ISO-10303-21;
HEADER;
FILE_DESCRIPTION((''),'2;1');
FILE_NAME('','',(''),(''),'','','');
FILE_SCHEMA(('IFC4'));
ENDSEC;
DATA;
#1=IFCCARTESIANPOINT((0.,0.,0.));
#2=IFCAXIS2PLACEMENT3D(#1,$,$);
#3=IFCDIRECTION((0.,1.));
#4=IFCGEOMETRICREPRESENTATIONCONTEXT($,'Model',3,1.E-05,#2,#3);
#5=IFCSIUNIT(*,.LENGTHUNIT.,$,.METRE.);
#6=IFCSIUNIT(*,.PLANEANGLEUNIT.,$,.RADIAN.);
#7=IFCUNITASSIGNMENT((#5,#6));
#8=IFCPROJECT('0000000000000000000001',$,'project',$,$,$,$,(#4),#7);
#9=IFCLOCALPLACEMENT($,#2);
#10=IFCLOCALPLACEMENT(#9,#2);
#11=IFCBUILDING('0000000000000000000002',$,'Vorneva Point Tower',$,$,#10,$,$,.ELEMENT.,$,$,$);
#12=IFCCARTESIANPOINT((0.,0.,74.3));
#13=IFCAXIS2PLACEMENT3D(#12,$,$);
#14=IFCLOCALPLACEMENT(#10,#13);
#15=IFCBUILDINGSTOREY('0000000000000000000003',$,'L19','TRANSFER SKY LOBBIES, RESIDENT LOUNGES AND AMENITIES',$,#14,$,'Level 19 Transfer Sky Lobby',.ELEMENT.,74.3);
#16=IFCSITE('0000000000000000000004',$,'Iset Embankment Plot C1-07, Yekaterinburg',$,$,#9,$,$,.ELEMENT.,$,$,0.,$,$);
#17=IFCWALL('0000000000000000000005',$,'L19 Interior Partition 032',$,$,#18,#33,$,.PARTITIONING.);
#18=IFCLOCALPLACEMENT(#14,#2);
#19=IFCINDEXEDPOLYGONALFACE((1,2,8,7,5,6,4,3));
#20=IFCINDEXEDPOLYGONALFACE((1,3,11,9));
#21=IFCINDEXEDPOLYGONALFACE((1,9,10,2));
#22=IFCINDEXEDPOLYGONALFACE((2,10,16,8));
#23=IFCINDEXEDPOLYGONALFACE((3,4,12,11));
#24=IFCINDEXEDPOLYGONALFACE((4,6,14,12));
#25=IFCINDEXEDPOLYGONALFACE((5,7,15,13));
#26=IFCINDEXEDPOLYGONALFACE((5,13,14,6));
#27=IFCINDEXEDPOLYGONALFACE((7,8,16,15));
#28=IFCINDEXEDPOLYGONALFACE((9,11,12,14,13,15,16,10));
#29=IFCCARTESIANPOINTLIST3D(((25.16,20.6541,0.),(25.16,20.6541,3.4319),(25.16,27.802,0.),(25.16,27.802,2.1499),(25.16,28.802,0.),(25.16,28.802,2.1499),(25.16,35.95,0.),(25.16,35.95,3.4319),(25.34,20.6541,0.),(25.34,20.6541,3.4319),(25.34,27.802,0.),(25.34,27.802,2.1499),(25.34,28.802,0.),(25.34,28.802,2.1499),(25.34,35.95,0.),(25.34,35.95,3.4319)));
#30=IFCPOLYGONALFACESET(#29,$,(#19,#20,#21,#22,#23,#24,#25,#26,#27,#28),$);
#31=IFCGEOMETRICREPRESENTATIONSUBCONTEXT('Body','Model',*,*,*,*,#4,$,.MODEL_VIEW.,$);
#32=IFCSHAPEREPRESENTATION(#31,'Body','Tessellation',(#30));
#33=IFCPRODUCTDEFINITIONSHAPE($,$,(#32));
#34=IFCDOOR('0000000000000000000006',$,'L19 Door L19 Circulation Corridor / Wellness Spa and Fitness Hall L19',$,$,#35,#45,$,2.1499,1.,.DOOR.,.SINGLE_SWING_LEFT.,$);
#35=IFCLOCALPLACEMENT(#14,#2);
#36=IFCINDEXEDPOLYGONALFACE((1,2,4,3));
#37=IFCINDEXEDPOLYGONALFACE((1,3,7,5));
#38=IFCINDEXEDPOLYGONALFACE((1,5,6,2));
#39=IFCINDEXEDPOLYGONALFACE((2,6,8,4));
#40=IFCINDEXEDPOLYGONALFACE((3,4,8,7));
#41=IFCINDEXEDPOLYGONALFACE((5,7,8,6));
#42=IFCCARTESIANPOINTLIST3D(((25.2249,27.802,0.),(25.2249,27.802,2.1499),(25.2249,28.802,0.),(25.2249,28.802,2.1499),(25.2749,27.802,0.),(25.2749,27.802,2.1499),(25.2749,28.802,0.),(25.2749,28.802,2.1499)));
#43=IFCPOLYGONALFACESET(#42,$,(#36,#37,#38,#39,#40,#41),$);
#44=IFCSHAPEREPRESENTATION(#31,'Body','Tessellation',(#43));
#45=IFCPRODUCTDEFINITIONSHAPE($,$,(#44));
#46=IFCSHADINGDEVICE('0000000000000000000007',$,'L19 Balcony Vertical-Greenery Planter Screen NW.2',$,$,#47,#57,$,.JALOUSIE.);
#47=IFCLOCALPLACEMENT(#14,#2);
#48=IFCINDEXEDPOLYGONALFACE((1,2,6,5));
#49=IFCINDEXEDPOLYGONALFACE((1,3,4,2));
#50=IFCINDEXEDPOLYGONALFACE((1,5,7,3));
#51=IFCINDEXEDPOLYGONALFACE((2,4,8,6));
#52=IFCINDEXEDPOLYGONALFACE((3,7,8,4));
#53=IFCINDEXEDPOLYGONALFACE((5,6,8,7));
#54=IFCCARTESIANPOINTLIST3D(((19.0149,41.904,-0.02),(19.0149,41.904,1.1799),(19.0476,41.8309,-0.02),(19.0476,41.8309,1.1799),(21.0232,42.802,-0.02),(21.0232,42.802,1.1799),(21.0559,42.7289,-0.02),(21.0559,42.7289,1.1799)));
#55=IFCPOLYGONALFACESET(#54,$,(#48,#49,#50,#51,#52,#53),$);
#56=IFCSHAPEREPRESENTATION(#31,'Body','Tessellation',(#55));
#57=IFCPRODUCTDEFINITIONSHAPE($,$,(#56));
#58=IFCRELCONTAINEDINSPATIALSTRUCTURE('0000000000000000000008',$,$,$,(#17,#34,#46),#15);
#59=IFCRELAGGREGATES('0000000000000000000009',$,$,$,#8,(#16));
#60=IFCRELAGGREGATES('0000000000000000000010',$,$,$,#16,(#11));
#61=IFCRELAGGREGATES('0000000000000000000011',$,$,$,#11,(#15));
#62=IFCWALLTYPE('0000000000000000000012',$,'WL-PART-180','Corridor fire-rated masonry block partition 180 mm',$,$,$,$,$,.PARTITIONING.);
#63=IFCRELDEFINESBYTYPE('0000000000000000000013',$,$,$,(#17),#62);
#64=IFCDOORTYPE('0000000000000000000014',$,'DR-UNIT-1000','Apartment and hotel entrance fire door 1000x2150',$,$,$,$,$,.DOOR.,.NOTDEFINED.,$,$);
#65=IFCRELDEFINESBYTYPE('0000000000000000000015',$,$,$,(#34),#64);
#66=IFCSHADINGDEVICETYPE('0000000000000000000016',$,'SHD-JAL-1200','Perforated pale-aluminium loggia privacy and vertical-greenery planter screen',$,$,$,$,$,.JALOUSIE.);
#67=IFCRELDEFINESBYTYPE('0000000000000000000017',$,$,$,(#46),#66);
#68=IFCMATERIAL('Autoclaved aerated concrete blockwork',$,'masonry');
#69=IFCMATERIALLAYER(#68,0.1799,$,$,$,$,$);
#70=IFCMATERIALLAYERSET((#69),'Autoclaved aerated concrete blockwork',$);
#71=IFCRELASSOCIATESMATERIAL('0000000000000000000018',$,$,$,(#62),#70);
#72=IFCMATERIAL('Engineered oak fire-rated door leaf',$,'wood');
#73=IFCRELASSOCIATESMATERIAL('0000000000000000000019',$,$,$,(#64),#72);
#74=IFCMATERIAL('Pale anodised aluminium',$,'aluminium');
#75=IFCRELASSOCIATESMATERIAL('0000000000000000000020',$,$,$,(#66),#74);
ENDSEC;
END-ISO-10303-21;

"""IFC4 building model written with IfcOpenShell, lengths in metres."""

from ifc_helpers import new_model, si_unit, direction, frame, frame_2d, origin, origin_2d, place, context, subcontext, project, spatial, rectangle, extrude, material, layer, layer_set, type_object, element, fill, save


model = new_model("IFC4")

# Units and contexts
model_context = context("Model", 3, precision=1e-05, world=origin(), true_north=direction((0.0, 1.0)))
body_context = subcontext(model_context, "Body", "Model", "MODEL_VIEW")
ifc_project = project(units=[si_unit("LENGTHUNIT", "METRE"), si_unit("PLANEANGLEUNIT", "RADIAN")], contexts=[model_context])

# Site, building, storey
site_placement = place(None, origin())
site = spatial("IfcSite", under=ifc_project, at=site_placement, Name="Iset Embankment Plot C1-07, Yekaterinburg", CompositionType="ELEMENT", RefElevation=0.0)
building_placement = place(site_placement, origin())
building = spatial("IfcBuilding", under=site, at=building_placement, Name="Vorneva Point Tower", CompositionType="ELEMENT")
storey_placement = place(building_placement, frame((0.0, 0.0, 74.3)))
storey = spatial("IfcBuildingStorey", under=building, at=storey_placement, Name="L19", Description="TRANSFER SKY LOBBIES, RESIDENT LOUNGES AND AMENITIES", LongName="Level 19 Transfer Sky Lobby", CompositionType="ELEMENT", Elevation=74.3)

# Shared definitions
ifc_material_1 = material(Name="Pale anodised aluminium", Category="aluminium")

# Shared definitions
ifc_material_2 = material(Name="Autoclaved aerated concrete blockwork", Category="masonry")
ifc_layer_1 = layer(ifc_material_2, 0.1799)
ifc_layer_set_1 = layer_set([ifc_layer_1], Name="Autoclaved aerated concrete blockwork")
wall_type_1 = type_object("IfcWallType", Name="WL-PART-180", Description="Corridor fire-rated masonry block partition 180 mm", PredefinedType="PARTITIONING", material=ifc_layer_set_1)

# Wall, opening, door
wall_1_placement = place(storey_placement, frame((25.25, 35.95, 0.0), z_axis=(0.0, 0.0, 1.0), x_axis=(0.0, -1.0, 0.0)))
wall_1 = element("IfcWall", 1, at=wall_1_placement, inside=storey, type_object=wall_type_1, Name="L19 Interior Partition 032", PredefinedType="PARTITIONING", context=body_context, shape_type="SweptSolid", body=[
    extrude(rectangle(XDim=15.2959, YDim=0.1799, at=frame_2d((7.6479, 0.0))), origin(), (0.0, 0.0, 1.0), 3.4319),
])
opening_1_placement = place(wall_1_placement, frame((7.1479, 0.0, 0.0)))
opening_1 = element("IfcOpeningElement", 2, at=opening_1_placement, cuts=wall_1, PredefinedType="OPENING", context=body_context, shape_type="SweptSolid", body=[
    extrude(rectangle(XDim=1.0, YDim=2.1499, at=frame_2d((0.5, 1.075))), frame((0.0, 0.105, 0.0), z_axis=(0.0, -1.0, 0.0), x_axis=(1.0, 0.0, 0.0)), (0.0, 0.0, 1.0), 0.2097),
])
ifc_material_3 = material(Name="Engineered oak fire-rated door leaf", Category="wood")
door_type_1 = type_object("IfcDoorType", Name="DR-UNIT-1000", Description="Apartment and hotel entrance fire door 1000x2150", OperationType="NOTDEFINED", PredefinedType="DOOR", material=ifc_material_3)
door_1_placement = place(opening_1_placement, origin())
door_1 = element("IfcDoor", 3, at=door_1_placement, inside=storey, type_object=door_type_1, Name="L19 Door L19 Circulation Corridor / Wellness Spa and Fitness Hall L19", OperationType="SINGLE_SWING_LEFT", OverallHeight=2.1499, OverallWidth=1.0, PredefinedType="DOOR", context=body_context, shape_type="SweptSolid", body=[
    extrude(rectangle(XDim=1.0, YDim=2.1499, at=frame_2d((0.5, 1.075))), frame((0.0, 0.0249, 0.0), z_axis=(0.0, -1.0, 0.0), x_axis=(1.0, 0.0, 0.0)), (0.0, 0.0, 1.0), 0.05),
])
fill(opening_1, door_1)

# Shading device
shading_device_type = type_object("IfcShadingDeviceType", Name="SHD-JAL-1200", Description="Perforated pale-aluminium loggia privacy and vertical-greenery planter screen", PredefinedType="JALOUSIE", material=ifc_material_1)
shading_device_placement = place(storey_placement, frame((20.0354, 42.3164, -0.02), z_axis=(0.0, 0.0, 1.0), x_axis=(-0.912898, -0.408187, 0.0)))
element("IfcShadingDevice", 4, at=shading_device_placement, inside=storey, type_object=shading_device_type, Name="L19 Balcony Vertical-Greenery Planter Screen NW.2", PredefinedType="JALOUSIE", context=body_context, shape_type="SweptSolid", body=[
    extrude(rectangle(XDim=2.2, YDim=0.0801, at=origin_2d()), origin(), (0.0, 0.0, 1.0), 1.2),
])

save(model, "model.ifc")
